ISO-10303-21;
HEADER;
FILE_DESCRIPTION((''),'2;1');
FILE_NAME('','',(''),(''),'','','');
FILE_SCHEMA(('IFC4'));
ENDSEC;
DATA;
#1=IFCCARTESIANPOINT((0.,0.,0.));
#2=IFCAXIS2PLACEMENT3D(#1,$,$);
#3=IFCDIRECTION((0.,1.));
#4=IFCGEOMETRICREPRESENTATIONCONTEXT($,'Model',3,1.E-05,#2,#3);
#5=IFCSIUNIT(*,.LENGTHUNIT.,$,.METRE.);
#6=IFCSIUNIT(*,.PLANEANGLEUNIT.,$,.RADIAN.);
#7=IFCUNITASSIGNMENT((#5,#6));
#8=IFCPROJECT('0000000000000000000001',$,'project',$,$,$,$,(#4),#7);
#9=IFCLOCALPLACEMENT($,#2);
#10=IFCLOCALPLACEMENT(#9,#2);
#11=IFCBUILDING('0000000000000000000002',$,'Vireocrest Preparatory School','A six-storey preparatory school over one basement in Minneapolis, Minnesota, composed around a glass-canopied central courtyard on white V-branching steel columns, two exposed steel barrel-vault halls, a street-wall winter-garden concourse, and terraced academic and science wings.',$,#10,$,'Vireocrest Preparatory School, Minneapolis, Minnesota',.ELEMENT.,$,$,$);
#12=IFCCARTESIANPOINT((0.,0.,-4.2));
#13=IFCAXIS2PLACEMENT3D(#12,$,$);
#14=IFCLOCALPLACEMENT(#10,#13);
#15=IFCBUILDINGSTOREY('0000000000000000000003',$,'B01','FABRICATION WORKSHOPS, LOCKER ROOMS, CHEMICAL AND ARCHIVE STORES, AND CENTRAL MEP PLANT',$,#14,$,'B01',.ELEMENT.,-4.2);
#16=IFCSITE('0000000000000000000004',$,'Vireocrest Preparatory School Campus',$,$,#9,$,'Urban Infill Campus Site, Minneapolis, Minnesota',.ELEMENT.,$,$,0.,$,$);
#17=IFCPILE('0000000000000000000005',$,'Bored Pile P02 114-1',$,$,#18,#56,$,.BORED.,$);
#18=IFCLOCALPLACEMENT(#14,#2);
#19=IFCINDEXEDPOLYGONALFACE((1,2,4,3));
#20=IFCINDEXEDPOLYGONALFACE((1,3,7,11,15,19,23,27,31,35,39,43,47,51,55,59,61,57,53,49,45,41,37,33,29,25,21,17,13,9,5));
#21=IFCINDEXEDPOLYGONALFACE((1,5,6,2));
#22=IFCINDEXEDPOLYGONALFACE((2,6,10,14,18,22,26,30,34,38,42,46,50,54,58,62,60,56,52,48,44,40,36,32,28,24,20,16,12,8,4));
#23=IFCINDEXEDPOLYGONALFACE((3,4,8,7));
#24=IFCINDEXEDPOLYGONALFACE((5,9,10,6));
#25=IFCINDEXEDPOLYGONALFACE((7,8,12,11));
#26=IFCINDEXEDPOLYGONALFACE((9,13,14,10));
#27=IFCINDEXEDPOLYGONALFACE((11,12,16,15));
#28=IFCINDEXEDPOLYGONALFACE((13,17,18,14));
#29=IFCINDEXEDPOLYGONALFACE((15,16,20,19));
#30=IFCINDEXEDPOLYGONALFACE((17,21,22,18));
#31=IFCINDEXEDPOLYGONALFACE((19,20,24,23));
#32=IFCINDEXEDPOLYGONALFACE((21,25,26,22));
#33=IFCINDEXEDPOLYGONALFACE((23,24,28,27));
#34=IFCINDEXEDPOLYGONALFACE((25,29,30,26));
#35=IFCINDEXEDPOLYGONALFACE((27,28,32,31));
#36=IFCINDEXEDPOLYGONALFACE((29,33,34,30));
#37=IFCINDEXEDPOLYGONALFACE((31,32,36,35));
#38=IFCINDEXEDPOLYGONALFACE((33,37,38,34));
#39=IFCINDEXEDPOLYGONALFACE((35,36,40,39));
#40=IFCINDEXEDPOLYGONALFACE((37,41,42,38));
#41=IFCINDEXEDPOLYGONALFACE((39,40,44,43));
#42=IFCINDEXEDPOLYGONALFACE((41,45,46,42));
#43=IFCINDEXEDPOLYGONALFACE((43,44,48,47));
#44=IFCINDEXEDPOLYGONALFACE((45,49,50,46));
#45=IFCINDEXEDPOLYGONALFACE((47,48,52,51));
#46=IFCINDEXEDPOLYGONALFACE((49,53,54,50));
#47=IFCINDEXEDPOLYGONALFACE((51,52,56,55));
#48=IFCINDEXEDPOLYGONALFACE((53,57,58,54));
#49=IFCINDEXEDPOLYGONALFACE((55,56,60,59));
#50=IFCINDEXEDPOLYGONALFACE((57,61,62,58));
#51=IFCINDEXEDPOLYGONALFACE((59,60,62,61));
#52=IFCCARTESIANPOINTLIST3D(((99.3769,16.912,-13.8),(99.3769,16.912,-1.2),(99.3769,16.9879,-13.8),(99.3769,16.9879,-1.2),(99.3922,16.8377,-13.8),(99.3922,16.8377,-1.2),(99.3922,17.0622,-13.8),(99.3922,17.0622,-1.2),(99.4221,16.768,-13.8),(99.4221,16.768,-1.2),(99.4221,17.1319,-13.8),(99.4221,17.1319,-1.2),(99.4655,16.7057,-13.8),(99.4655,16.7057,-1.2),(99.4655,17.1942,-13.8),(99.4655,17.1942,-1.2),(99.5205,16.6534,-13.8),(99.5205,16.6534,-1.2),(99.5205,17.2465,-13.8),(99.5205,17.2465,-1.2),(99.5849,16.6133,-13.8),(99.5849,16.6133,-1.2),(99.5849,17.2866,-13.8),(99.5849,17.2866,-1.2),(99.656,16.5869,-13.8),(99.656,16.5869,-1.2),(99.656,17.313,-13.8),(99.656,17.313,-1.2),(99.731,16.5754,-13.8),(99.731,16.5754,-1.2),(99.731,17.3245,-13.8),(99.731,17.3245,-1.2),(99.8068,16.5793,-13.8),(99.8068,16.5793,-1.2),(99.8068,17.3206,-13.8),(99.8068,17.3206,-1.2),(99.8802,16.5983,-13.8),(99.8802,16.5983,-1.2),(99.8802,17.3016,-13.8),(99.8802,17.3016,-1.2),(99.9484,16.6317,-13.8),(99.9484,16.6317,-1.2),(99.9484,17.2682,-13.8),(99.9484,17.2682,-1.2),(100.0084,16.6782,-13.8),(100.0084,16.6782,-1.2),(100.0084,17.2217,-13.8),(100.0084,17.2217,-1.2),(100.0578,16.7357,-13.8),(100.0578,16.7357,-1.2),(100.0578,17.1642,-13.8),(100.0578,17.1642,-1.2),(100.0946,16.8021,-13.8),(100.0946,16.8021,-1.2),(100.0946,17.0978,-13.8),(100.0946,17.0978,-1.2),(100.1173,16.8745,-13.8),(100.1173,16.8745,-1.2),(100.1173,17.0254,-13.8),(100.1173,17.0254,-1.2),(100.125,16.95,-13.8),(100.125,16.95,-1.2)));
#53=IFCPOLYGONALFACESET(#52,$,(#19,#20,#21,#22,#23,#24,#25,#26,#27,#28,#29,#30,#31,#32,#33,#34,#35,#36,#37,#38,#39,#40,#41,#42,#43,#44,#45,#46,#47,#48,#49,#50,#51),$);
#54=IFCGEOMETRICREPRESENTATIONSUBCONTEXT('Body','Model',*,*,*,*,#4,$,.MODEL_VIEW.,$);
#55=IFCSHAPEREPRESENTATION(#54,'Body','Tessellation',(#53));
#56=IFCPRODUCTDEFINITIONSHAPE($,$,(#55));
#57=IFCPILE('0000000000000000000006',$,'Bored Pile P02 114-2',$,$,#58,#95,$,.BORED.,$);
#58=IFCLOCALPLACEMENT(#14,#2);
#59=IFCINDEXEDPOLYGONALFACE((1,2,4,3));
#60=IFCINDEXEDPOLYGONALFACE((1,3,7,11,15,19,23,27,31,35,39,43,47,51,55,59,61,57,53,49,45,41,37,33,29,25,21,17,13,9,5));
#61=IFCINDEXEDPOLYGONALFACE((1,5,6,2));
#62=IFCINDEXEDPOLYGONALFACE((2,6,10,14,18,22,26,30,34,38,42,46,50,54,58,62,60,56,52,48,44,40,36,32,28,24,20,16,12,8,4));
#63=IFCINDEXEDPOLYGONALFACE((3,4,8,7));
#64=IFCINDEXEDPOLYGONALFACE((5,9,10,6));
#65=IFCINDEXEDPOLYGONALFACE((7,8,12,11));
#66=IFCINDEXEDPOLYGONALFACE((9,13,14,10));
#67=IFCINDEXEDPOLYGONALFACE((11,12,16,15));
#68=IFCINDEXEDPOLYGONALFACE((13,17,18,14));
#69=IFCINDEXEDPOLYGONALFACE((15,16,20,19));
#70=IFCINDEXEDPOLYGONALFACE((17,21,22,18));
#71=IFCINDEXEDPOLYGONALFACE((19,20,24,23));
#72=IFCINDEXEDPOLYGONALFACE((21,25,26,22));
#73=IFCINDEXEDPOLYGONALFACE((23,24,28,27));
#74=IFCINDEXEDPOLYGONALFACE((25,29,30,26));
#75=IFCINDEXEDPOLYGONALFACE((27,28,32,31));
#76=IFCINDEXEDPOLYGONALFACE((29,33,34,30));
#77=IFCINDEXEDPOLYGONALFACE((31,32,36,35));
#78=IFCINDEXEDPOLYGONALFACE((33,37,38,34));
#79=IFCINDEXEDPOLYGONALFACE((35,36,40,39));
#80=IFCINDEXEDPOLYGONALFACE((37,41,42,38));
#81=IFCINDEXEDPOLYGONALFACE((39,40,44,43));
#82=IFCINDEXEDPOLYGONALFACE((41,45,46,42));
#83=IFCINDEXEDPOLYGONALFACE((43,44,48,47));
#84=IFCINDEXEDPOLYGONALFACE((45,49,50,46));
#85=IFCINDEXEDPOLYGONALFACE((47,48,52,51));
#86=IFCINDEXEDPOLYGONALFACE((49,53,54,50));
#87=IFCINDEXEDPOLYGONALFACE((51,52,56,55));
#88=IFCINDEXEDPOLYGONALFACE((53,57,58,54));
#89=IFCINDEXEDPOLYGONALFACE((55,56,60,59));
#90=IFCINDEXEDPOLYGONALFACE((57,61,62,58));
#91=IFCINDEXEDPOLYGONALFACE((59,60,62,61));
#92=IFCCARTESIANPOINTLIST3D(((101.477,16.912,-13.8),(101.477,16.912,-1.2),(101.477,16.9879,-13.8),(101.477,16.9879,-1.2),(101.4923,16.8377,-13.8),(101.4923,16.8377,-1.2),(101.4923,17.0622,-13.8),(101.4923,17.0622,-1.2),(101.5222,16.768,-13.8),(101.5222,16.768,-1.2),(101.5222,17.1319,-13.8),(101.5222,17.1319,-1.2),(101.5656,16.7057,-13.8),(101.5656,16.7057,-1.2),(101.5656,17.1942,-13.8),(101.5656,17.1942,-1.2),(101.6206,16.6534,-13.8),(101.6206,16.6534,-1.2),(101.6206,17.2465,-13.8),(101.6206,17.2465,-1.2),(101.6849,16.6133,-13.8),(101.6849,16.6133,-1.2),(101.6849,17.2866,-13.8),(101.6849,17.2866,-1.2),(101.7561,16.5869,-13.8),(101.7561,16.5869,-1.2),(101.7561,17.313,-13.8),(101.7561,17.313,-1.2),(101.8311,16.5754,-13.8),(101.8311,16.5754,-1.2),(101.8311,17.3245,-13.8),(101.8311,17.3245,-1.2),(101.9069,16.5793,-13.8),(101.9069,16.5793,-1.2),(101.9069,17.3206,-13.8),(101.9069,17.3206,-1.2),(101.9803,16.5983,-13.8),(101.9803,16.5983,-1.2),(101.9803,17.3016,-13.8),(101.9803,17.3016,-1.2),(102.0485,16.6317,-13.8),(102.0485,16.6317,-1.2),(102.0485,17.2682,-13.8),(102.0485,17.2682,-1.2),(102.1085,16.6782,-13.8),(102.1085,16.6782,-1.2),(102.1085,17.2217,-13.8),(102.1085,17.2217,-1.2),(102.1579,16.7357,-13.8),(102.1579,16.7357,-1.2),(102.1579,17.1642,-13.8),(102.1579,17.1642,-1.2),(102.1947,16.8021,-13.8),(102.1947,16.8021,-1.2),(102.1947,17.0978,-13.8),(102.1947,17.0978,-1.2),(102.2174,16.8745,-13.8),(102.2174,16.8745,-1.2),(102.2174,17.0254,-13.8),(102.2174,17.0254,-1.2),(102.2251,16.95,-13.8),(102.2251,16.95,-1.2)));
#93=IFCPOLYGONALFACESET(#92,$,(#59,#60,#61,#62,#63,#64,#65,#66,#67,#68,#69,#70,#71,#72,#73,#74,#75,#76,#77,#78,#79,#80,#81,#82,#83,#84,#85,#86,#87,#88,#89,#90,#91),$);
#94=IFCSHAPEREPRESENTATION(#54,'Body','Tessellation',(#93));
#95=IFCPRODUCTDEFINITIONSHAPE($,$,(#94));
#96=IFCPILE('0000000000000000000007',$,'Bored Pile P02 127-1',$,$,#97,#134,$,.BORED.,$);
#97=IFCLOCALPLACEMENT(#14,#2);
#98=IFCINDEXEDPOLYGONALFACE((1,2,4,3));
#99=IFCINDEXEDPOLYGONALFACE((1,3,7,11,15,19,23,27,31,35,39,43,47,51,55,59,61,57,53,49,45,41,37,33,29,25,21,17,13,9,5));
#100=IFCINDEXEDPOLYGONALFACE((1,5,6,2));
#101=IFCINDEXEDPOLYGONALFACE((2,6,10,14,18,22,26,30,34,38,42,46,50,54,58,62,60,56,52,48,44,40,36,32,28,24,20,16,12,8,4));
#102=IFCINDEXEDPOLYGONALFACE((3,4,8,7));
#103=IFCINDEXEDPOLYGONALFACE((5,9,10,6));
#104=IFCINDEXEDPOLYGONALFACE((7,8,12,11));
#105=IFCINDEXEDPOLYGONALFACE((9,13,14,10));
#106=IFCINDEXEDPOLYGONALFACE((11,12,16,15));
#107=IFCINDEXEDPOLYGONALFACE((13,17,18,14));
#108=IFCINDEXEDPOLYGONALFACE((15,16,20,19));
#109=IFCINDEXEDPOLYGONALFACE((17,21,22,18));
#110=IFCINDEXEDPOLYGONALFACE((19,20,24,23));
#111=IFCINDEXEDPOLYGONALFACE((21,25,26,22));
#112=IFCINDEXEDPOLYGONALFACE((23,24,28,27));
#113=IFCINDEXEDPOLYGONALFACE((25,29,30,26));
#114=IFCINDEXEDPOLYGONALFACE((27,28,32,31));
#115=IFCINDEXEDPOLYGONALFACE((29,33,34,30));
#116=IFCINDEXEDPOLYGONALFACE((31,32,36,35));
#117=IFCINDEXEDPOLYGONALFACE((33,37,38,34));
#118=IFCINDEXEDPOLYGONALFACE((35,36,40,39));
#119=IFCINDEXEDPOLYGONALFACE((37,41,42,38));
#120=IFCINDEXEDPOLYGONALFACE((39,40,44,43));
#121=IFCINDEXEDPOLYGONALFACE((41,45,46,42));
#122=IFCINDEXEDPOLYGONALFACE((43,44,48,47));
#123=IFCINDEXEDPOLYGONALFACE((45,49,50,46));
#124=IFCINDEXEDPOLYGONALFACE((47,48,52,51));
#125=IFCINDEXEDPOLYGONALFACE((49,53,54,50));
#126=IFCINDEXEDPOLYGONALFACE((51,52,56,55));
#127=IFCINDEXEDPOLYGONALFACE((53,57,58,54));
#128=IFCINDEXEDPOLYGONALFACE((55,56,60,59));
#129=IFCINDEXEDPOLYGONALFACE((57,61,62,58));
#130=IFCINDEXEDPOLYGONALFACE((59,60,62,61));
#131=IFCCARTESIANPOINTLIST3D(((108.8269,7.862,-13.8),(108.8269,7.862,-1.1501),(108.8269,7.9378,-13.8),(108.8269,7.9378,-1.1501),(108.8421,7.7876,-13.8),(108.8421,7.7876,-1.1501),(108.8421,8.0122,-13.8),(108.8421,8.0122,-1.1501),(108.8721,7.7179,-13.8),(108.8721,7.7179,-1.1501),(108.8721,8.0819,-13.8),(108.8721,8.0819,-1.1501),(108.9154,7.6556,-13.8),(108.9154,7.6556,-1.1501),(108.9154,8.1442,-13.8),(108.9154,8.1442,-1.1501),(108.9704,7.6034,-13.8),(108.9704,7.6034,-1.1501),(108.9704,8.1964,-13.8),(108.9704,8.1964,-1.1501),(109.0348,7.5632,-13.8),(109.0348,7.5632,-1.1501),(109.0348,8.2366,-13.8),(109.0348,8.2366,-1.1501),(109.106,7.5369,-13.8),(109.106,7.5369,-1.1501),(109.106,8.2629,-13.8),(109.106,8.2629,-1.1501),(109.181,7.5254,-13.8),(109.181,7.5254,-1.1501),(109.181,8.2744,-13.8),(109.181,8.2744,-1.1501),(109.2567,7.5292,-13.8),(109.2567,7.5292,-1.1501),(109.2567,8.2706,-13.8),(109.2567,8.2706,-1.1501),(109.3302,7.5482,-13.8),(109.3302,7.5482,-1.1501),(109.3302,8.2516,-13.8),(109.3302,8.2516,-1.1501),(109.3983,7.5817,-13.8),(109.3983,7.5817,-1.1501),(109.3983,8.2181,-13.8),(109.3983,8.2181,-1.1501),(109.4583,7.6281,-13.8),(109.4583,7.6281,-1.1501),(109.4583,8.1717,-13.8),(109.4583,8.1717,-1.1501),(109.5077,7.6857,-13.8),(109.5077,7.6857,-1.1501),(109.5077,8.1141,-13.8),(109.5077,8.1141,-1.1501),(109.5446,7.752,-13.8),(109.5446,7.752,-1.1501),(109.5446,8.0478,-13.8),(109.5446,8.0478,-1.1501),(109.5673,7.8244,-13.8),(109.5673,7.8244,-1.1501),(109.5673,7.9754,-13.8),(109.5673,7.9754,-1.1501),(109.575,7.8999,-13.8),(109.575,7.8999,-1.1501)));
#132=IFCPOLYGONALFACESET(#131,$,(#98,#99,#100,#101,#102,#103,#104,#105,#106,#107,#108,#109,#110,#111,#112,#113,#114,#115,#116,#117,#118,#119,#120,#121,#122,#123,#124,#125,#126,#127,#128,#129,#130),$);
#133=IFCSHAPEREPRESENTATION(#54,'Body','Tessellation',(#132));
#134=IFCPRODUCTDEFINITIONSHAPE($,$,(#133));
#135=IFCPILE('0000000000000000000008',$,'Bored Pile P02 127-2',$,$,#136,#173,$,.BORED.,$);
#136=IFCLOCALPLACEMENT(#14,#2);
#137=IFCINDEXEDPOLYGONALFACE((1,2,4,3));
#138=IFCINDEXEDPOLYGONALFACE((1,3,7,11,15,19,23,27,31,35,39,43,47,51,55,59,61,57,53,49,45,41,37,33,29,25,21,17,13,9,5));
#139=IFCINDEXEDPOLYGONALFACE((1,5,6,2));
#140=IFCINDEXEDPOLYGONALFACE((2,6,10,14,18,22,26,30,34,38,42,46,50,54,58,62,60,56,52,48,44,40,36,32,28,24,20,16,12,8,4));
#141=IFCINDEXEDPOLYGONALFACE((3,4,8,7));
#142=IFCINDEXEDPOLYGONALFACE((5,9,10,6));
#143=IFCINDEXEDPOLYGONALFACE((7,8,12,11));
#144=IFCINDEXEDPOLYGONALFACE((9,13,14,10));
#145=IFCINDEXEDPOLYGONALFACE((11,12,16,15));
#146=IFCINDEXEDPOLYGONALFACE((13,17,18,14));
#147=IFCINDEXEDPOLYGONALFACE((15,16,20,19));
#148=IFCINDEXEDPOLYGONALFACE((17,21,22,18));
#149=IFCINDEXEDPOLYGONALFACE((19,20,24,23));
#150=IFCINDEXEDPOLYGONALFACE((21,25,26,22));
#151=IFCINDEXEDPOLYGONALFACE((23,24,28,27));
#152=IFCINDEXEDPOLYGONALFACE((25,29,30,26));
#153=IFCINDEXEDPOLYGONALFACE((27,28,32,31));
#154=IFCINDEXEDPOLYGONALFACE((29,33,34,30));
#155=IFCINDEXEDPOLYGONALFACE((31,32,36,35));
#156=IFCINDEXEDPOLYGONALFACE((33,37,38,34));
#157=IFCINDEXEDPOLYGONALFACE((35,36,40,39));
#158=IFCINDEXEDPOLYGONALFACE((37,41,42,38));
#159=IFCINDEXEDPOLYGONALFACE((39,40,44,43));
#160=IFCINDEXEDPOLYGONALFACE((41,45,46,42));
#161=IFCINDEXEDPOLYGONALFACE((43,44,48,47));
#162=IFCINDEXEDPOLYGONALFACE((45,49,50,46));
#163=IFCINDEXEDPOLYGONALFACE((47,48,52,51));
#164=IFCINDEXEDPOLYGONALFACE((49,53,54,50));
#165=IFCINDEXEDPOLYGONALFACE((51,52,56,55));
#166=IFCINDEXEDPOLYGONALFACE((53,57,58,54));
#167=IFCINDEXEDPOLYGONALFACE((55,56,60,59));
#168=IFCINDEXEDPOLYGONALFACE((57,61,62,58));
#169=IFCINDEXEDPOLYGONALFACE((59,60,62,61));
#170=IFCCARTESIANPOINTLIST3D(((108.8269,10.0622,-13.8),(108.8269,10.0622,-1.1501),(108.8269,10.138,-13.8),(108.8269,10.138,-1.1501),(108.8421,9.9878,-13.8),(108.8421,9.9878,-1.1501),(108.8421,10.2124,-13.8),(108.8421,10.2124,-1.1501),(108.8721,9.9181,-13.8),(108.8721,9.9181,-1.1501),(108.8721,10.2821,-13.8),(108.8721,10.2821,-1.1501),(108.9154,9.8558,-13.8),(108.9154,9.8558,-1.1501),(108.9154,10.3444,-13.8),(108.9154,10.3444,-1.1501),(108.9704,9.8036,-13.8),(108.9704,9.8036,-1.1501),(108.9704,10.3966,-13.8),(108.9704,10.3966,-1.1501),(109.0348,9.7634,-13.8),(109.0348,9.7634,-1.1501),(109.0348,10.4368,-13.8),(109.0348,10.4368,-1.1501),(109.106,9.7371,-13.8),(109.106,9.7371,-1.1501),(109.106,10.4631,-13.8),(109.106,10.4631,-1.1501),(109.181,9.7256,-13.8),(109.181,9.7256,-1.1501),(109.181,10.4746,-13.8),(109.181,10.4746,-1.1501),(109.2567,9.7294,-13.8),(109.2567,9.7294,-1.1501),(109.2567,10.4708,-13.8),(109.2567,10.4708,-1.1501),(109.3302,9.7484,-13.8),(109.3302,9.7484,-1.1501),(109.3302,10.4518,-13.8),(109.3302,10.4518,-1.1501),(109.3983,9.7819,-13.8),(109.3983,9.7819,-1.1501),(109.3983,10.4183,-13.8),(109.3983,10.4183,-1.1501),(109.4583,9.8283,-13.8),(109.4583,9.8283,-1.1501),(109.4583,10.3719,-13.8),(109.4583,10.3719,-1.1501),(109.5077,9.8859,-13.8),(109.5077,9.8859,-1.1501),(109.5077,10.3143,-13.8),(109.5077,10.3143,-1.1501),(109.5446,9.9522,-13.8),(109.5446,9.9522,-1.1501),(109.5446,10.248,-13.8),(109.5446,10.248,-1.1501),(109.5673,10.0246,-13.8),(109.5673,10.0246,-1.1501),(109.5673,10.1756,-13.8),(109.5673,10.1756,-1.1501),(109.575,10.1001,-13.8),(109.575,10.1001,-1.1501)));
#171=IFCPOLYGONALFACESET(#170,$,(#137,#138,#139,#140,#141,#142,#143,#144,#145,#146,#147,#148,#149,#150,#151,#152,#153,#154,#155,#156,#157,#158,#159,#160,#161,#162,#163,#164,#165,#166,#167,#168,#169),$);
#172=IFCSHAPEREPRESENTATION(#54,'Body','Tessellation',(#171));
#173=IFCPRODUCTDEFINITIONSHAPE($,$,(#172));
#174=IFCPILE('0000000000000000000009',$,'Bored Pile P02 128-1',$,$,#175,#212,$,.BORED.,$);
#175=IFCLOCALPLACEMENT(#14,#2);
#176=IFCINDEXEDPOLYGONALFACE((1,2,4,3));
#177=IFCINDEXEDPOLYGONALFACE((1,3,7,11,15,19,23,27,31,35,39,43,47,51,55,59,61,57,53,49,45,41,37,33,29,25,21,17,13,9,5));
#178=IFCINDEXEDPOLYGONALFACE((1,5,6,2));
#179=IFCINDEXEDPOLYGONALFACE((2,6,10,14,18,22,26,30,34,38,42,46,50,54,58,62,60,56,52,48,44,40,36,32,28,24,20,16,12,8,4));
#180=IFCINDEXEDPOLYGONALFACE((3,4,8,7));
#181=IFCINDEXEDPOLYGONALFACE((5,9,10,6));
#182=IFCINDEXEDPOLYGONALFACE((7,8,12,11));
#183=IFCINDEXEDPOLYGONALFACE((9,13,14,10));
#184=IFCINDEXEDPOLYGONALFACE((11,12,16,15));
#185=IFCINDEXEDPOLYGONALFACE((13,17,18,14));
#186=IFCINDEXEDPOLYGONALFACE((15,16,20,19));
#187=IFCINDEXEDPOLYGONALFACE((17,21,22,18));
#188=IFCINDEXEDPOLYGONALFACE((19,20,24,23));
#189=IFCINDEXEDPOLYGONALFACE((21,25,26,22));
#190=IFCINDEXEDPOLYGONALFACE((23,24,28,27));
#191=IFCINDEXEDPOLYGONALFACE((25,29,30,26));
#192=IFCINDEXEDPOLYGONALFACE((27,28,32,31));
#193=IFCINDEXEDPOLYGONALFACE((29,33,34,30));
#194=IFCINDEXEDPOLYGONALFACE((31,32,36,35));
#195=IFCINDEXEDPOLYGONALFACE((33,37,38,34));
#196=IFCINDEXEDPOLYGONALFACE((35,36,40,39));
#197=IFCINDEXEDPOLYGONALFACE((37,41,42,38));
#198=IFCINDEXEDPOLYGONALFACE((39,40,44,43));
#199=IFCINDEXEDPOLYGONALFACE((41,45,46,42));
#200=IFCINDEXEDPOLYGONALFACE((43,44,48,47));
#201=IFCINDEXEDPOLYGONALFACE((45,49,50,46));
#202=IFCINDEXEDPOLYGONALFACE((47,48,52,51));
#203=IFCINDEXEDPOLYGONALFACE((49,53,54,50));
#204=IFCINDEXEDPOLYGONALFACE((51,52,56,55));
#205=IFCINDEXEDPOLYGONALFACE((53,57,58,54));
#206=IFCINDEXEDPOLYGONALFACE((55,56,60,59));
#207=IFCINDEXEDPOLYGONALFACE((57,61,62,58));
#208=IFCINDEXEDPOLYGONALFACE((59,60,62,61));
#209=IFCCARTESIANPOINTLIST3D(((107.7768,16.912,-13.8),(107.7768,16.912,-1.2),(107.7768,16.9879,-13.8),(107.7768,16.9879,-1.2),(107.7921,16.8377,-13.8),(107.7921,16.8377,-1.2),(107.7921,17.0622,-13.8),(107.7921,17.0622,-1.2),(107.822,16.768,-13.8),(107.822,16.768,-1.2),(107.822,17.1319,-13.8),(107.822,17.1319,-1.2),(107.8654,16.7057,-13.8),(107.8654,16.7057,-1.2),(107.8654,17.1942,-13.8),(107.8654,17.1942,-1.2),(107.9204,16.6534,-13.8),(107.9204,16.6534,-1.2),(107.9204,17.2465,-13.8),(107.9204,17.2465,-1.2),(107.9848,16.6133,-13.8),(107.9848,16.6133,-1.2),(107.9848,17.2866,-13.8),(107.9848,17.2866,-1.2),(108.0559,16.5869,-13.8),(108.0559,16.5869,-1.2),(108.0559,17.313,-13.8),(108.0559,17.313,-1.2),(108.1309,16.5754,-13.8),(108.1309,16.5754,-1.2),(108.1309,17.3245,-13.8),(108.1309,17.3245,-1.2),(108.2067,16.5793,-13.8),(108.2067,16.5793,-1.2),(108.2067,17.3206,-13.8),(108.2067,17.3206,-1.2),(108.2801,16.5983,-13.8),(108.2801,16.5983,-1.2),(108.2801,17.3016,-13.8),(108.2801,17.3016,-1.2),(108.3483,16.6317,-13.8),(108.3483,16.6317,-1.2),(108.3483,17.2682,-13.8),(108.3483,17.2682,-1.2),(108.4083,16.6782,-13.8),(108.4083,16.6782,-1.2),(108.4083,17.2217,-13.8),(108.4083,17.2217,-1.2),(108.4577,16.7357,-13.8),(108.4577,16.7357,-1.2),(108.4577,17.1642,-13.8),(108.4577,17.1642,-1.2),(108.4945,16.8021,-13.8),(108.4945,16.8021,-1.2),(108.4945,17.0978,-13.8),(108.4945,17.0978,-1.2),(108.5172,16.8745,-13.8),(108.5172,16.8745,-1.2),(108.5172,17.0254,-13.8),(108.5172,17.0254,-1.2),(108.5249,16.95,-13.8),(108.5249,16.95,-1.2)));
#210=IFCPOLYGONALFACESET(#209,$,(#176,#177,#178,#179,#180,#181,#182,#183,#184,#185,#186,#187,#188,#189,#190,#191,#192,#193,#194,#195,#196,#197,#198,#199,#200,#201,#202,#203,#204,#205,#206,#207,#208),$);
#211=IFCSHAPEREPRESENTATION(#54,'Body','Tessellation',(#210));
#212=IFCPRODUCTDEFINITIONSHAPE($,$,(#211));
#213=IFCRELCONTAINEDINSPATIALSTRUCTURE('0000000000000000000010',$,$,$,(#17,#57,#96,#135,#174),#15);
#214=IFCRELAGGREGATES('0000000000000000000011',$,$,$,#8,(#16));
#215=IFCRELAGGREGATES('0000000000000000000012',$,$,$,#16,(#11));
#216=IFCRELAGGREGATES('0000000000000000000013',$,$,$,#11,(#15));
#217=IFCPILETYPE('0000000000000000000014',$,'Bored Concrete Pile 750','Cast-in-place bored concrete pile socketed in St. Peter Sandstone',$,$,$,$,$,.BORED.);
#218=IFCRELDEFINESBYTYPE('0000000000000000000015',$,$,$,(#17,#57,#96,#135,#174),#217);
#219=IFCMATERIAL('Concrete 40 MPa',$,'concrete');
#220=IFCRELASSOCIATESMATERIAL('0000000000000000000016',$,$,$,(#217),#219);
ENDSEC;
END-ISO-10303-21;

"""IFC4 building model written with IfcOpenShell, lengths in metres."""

from ifc_helpers import new_model, si_unit, direction, frame, origin, origin_2d, place, context, subcontext, project, spatial, circle, extrude, material, material_profile, profile_set, type_object, element, save


model = new_model("IFC4")

# Units and contexts
model_context = context("Model", 3, precision=1e-05, world=origin(), true_north=direction((0.0, 1.0)))
body_context = subcontext(model_context, "Body", "Model", "MODEL_VIEW")
ifc_project = project(units=[si_unit("LENGTHUNIT", "METRE"), si_unit("PLANEANGLEUNIT", "RADIAN")], contexts=[model_context])

# Site, building, storey
site_placement = place(None, origin())
site = spatial("IfcSite", under=ifc_project, at=site_placement, Name="Vireocrest Preparatory School Campus", LongName="Urban Infill Campus Site, Minneapolis, Minnesota", CompositionType="ELEMENT", RefElevation=0.0)
building_placement = place(site_placement, origin())
building = spatial("IfcBuilding", under=site, at=building_placement, Name="Vireocrest Preparatory School", Description="A six-storey preparatory school over one basement in Minneapolis, Minnesota, composed around a glass-canopied central courtyard on white V-branching steel columns, two exposed steel barrel-vault halls, a street-wall winter-garden concourse, and terraced academic and science wings.", LongName="Vireocrest Preparatory School, Minneapolis, Minnesota", CompositionType="ELEMENT")
storey_placement = place(building_placement, frame((0.0, 0.0, -4.2)))
storey = spatial("IfcBuildingStorey", under=building, at=storey_placement, Name="B01", Description="FABRICATION WORKSHOPS, LOCKER ROOMS, CHEMICAL AND ARCHIVE STORES, AND CENTRAL MEP PLANT", LongName="B01", CompositionType="ELEMENT", Elevation=-4.2)

# Piles
ifc_material_1 = material(Name="Concrete 40 MPa", Category="concrete")
ifc_material_profile_1 = material_profile(ifc_material_1, circle(Radius=0.375, at=origin_2d()), Name="BORED PILE 750")
ifc_profile_set_1 = profile_set([ifc_material_profile_1], Name="Concrete 40 MPa")
pile_type_1 = type_object("IfcPileType", Name="Bored Concrete Pile 750", Description="Cast-in-place bored concrete pile socketed in St. Peter Sandstone", PredefinedType="BORED", material=ifc_profile_set_1)
for number, where, z_axis, x_axis, name in (
    (1, (99.75, 16.95, -1.2), (0.0, 0.0, -1.0), (1.0, 0.0, 0.0), "Bored Pile P02 114-1"),
    (2, (101.8501, 16.95, -1.2), (0.0, 0.0, -1.0), (1.0, 0.0, 0.0), "Bored Pile P02 114-2"),
):
    element("IfcPile", number, at=place(storey_placement, frame(where, z_axis=z_axis, x_axis=x_axis)), inside=storey, type_object=pile_type_1, Name=name, PredefinedType="BORED", context=body_context, shape_type="SweptSolid", body=[
        extrude(circle(Radius=0.375, at=origin_2d()), origin(), (0.0, 0.0, 1.0), 12.6001),
    ])
for number, where, z_axis, x_axis, name in (
    (3, (109.2, 7.8999, -1.1501), (0.0, 0.0, -1.0), (1.0, 0.0, 0.0), "Bored Pile P02 127-1"),
    (4, (109.2, 10.1001, -1.1501), (0.0, 0.0, -1.0), (1.0, 0.0, 0.0), "Bored Pile P02 127-2"),
):
    element("IfcPile", number, at=place(storey_placement, frame(where, z_axis=z_axis, x_axis=x_axis)), inside=storey, type_object=pile_type_1, Name=name, PredefinedType="BORED", context=body_context, shape_type="SweptSolid", body=[
        extrude(circle(Radius=0.375, at=origin_2d()), origin(), (0.0, 0.0, 1.0), 12.6499),
    ])
pile_placement = place(storey_placement, frame((108.1499, 16.95, -1.2), z_axis=(0.0, 0.0, -1.0), x_axis=(1.0, 0.0, 0.0)))
element("IfcPile", 5, at=pile_placement, inside=storey, type_object=pile_type_1, Name="Bored Pile P02 128-1", PredefinedType="BORED", context=body_context, shape_type="SweptSolid", body=[
    extrude(circle(Radius=0.375, at=origin_2d()), origin(), (0.0, 0.0, 1.0), 12.6001),
])

save(model, "model.ifc")
